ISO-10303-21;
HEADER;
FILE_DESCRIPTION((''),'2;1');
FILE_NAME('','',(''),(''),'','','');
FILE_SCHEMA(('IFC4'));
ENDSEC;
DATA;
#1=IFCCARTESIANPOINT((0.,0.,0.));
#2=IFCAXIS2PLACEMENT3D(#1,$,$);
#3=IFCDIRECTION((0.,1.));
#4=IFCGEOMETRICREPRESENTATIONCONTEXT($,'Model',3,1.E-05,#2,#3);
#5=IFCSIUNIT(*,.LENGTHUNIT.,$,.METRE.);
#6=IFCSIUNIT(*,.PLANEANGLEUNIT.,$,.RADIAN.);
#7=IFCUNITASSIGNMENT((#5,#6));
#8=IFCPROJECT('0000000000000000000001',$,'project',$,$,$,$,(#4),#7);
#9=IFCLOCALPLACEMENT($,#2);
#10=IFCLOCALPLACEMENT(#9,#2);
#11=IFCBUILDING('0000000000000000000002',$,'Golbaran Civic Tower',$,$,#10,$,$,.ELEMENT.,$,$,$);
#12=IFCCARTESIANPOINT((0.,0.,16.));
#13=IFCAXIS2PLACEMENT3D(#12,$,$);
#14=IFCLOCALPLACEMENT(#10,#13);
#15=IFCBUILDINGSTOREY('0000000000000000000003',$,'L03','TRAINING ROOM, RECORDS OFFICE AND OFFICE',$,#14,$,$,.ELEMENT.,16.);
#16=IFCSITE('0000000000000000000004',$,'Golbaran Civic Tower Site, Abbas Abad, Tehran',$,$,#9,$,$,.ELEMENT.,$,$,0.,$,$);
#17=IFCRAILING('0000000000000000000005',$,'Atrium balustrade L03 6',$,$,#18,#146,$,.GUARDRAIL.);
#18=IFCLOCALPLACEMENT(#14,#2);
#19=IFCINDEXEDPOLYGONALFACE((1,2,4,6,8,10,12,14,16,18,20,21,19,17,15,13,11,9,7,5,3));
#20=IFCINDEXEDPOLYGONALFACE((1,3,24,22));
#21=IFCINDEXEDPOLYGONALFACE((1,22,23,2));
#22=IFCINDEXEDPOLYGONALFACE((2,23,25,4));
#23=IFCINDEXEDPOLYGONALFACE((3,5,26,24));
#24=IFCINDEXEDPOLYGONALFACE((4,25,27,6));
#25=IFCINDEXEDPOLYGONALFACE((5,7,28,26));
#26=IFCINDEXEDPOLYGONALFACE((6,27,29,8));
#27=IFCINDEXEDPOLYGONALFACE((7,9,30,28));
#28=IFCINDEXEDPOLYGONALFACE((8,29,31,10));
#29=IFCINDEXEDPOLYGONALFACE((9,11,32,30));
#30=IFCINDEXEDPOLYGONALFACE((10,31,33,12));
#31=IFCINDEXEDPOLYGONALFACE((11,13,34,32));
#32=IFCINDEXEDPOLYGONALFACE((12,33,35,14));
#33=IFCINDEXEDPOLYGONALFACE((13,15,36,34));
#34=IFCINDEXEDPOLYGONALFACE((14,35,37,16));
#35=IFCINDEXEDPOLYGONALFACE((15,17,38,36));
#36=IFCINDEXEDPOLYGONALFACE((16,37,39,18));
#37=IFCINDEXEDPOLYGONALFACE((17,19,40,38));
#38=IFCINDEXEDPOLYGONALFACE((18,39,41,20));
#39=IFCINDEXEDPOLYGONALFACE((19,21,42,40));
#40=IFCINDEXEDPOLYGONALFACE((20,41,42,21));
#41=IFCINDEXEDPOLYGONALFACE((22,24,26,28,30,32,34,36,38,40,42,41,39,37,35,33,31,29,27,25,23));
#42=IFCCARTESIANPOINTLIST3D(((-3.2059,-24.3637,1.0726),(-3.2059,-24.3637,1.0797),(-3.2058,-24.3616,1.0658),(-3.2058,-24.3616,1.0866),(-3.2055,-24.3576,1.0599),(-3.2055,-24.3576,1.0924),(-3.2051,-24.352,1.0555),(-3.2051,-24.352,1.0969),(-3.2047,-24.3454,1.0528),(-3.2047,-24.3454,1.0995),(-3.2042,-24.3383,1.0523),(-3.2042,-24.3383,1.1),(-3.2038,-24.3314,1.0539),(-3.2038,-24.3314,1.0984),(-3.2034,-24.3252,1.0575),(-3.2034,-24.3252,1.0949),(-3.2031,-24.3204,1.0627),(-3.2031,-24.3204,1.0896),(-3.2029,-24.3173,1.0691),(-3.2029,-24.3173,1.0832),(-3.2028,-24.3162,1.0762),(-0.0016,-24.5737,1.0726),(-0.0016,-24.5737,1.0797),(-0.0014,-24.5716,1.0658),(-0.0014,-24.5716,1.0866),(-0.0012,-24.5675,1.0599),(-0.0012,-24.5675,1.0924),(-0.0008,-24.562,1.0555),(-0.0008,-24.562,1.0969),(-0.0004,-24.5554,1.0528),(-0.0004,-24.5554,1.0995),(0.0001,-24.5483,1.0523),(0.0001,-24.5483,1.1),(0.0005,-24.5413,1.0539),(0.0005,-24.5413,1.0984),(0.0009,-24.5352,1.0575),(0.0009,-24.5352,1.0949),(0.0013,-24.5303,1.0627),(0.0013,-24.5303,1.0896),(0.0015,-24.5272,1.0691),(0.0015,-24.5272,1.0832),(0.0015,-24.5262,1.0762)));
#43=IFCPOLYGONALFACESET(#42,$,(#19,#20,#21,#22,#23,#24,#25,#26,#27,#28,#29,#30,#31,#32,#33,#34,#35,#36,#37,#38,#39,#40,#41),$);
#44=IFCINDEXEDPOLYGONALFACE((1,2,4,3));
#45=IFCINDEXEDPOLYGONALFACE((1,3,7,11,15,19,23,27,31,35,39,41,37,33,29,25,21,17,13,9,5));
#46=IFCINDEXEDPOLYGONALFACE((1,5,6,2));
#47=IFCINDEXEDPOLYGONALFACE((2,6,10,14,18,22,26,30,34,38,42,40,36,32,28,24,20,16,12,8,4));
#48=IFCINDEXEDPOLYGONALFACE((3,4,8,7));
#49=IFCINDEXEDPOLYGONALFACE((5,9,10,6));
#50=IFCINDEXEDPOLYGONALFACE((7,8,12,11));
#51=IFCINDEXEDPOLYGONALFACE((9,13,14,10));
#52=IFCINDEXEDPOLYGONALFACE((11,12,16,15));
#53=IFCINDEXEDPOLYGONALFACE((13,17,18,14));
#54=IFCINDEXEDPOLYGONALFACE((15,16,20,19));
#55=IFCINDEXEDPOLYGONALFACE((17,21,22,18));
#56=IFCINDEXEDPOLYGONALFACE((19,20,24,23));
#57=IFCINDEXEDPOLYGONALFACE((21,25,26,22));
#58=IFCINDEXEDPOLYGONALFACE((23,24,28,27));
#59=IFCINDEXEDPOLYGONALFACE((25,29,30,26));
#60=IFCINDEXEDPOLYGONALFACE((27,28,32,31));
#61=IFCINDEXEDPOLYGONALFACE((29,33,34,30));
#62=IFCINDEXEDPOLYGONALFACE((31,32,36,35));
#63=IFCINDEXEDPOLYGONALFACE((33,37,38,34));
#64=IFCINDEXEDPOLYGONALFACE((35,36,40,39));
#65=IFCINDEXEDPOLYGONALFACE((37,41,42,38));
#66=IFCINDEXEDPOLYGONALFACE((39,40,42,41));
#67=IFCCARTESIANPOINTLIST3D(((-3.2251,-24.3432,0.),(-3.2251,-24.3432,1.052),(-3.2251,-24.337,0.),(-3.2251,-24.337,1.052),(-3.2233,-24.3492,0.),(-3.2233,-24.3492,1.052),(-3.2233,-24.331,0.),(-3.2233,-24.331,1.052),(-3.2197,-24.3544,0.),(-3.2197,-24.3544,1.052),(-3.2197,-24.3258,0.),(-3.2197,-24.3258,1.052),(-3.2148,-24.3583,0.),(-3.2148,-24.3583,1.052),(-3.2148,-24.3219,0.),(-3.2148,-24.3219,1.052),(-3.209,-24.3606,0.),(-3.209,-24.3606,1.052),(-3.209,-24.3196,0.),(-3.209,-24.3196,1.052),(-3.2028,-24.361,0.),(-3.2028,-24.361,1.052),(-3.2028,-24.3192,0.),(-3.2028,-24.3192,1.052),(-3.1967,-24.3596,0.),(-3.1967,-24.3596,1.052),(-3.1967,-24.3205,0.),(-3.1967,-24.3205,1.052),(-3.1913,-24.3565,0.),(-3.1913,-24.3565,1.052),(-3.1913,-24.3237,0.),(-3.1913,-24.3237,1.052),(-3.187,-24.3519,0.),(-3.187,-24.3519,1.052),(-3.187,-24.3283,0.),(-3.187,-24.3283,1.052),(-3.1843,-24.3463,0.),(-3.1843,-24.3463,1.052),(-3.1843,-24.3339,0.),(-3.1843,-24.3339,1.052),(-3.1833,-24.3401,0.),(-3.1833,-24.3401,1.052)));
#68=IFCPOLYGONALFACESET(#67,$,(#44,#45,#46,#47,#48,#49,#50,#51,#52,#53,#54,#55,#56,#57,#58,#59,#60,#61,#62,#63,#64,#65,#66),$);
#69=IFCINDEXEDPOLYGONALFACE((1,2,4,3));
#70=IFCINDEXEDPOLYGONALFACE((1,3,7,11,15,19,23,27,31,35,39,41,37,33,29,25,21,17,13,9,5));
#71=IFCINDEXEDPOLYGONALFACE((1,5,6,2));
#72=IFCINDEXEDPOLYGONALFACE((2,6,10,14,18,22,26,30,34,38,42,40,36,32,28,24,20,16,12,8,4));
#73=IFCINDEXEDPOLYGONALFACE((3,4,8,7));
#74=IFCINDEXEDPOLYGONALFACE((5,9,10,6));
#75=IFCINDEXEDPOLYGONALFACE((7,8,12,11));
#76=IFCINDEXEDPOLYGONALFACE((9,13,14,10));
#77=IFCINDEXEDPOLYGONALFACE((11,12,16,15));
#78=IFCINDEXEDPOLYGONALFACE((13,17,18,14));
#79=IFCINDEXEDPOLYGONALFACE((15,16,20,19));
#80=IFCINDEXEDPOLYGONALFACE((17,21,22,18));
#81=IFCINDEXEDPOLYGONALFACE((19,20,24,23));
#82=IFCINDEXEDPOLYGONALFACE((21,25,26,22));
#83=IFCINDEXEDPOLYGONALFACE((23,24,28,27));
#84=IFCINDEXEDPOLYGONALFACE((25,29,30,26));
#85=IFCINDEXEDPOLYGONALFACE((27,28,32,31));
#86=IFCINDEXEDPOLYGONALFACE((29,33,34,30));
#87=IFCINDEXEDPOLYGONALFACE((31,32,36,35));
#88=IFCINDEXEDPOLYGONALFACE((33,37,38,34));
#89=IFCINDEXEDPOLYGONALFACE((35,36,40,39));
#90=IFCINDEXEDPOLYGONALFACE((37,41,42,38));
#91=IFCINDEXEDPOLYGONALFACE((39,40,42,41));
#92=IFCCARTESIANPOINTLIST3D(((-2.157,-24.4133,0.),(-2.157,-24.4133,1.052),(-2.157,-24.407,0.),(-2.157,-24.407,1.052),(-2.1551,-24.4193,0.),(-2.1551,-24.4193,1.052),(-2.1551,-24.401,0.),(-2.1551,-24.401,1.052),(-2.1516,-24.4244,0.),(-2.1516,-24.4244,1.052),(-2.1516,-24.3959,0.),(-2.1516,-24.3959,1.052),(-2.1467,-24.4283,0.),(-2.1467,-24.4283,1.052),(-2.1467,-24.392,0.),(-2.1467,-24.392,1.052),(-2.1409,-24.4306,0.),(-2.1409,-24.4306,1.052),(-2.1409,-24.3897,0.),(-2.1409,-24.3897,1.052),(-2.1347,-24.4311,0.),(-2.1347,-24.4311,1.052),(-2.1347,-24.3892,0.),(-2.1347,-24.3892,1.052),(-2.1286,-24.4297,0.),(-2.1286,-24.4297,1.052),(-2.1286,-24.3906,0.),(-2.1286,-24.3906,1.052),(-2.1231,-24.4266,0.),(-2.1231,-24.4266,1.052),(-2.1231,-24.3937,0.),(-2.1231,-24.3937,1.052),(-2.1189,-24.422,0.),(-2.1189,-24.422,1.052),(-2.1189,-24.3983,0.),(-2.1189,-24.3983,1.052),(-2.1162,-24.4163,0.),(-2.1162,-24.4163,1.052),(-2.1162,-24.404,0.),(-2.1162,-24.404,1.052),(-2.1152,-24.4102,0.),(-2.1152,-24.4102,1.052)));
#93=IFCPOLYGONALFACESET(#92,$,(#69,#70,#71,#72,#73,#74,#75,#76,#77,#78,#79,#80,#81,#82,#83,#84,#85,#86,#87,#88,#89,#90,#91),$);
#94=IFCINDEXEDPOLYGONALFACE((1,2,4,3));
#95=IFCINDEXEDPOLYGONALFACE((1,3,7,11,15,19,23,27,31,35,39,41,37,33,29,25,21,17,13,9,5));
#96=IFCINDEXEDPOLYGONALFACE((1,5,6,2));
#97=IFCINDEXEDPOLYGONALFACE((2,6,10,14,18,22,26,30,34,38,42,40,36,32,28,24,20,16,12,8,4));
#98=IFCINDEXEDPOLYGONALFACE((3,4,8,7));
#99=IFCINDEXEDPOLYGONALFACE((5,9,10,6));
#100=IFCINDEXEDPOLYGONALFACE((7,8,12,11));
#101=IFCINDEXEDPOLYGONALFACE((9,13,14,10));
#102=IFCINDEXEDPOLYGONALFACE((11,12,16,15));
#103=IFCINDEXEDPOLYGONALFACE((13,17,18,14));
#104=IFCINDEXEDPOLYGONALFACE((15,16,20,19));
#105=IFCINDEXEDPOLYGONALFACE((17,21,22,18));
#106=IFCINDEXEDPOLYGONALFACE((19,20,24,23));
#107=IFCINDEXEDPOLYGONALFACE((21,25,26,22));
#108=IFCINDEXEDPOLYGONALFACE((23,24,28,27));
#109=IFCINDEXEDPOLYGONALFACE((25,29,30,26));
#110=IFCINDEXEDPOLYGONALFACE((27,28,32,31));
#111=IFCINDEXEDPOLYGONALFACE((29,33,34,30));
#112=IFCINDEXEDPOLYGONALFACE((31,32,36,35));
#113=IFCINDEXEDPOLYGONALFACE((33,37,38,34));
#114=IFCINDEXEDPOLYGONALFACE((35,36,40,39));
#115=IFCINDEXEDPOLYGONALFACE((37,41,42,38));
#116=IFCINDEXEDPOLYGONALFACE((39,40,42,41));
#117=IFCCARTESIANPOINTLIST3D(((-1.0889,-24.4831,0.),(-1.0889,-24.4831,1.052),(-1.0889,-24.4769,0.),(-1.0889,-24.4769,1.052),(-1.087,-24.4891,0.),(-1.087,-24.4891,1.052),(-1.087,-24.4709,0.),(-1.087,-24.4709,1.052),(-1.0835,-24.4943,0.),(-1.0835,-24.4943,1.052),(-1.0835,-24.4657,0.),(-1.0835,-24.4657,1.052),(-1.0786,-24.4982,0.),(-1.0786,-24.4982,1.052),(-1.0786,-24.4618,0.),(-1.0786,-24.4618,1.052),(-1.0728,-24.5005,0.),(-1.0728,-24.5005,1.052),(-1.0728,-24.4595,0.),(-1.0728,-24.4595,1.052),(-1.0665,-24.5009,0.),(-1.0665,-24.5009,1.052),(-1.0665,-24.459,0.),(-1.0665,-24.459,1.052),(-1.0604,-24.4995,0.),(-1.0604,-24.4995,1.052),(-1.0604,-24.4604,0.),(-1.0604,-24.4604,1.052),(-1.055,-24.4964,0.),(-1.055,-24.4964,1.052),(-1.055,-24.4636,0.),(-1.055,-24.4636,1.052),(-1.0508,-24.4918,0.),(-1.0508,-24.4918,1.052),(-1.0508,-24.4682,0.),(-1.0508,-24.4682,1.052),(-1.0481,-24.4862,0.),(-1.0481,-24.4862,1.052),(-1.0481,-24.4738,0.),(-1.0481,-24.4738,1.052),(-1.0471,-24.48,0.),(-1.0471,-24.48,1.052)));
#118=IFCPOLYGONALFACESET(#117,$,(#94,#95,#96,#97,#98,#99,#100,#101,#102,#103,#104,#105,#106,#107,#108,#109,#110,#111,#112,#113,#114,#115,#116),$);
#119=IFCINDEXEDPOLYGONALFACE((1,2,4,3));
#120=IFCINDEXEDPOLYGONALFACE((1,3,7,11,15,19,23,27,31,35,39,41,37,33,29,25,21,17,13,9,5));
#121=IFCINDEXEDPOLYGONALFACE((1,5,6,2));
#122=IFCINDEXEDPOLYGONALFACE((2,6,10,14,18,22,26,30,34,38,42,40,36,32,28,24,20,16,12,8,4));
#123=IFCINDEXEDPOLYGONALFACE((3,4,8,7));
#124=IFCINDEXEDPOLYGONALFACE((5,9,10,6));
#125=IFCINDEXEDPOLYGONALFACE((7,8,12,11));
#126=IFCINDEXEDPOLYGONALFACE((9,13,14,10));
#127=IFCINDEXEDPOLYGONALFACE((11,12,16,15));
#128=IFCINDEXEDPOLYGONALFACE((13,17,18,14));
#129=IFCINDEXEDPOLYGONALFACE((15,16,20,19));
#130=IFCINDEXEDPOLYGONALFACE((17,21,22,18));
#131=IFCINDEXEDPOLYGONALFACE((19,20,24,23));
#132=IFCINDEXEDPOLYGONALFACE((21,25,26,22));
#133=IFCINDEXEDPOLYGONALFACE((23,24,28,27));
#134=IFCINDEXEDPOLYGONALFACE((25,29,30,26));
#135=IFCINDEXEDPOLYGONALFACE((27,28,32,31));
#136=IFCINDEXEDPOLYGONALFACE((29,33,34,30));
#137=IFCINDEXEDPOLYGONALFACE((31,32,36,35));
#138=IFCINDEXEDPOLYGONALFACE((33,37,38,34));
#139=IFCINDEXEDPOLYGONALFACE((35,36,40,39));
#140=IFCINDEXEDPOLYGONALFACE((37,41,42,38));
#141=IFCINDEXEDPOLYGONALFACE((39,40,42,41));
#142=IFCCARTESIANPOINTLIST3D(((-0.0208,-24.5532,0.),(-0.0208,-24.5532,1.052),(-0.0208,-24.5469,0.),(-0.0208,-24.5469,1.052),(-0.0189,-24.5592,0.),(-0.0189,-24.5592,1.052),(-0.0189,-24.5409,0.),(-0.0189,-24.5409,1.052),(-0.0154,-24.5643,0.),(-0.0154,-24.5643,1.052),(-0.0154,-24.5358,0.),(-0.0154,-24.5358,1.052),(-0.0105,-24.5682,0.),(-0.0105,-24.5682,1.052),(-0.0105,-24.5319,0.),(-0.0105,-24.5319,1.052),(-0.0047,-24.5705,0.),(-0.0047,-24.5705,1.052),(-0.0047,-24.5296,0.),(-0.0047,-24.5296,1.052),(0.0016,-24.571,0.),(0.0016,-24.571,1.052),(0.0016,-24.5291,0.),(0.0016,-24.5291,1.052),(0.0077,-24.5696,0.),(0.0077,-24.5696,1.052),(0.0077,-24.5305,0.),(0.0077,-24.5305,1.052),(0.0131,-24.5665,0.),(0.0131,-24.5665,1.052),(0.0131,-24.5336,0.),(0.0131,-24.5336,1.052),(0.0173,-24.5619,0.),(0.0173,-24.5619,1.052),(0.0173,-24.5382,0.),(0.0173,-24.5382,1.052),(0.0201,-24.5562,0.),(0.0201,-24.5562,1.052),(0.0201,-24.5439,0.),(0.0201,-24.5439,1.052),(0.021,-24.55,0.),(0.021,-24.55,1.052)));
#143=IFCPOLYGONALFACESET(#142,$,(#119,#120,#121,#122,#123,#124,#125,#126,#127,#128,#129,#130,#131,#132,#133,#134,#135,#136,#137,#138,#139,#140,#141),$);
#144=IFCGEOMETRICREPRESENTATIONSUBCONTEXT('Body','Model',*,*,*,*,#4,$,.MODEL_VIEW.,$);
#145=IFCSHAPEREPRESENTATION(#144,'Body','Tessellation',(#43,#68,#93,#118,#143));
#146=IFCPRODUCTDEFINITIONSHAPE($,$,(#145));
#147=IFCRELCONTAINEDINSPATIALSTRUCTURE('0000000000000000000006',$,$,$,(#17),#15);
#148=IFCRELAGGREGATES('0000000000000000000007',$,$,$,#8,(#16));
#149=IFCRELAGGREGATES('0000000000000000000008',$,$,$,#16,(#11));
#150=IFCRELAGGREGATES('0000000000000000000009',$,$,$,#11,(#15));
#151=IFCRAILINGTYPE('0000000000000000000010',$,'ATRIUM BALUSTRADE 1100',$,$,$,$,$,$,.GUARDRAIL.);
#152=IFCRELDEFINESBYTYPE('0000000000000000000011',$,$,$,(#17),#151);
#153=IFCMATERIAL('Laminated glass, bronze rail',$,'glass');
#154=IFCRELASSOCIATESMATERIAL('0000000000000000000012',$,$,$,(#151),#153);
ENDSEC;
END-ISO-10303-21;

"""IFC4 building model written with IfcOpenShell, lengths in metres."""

from ifc_helpers import new_model, si_unit, direction, frame, origin, origin_2d, place, context, subcontext, project, spatial, circle, extrude, material, type_object, element, save


model = new_model("IFC4")

# Units and contexts
model_context = context("Model", 3, precision=1e-05, world=origin(), true_north=direction((0.0, 1.0)))
body_context = subcontext(model_context, "Body", "Model", "MODEL_VIEW")
ifc_project = project(units=[si_unit("LENGTHUNIT", "METRE"), si_unit("PLANEANGLEUNIT", "RADIAN")], contexts=[model_context])

# Site, building, storey
site_placement = place(None, origin())
site = spatial("IfcSite", under=ifc_project, at=site_placement, Name="Golbaran Civic Tower Site, Abbas Abad, Tehran", CompositionType="ELEMENT", RefElevation=0.0)
building_placement = place(site_placement, origin())
building = spatial("IfcBuilding", under=site, at=building_placement, Name="Golbaran Civic Tower", CompositionType="ELEMENT")
storey_placement = place(building_placement, frame((0.0, 0.0, 16.0)))
storey = spatial("IfcBuildingStorey", under=building, at=storey_placement, Name="L03", Description="TRAINING ROOM, RECORDS OFFICE AND OFFICE", CompositionType="ELEMENT", Elevation=16.0)

# Railing
ifc_material_1 = material(Name="Laminated glass, bronze rail", Category="glass")
railing_type_1 = type_object("IfcRailingType", Name="ATRIUM BALUSTRADE 1100", PredefinedType="GUARDRAIL", material=ifc_material_1)
railing_1_placement = place(storey_placement, frame((-3.2043, -24.3401, 0.0)))
element("IfcRailing", 1, at=railing_1_placement, inside=storey, type_object=railing_type_1, Name="Atrium balustrade L03 6", PredefinedType="GUARDRAIL", context=body_context, shape_type="SweptSolid", body=[
    extrude(circle(Radius=0.0239, at=origin_2d()), frame((0.0, 0.0, 1.0762), z_axis=(0.99786, -0.065384, 0.0), x_axis=(0.065384, 0.99786, 0.0)), (0.0, 0.0, 1.0), 3.2112),
    extrude(circle(Radius=0.021, at=origin_2d()), origin(), (0.0, 0.0, 1.0), 1.052),
    extrude(circle(Radius=0.021, at=origin_2d()), frame((1.0681, -0.0701, 0.0)), (0.0, 0.0, 1.0), 1.052),
    extrude(circle(Radius=0.021, at=origin_2d()), frame((2.1362, -0.1399, 0.0)), (0.0, 0.0, 1.0), 1.052),
    extrude(circle(Radius=0.021, at=origin_2d()), frame((3.2043, -0.21, 0.0)), (0.0, 0.0, 1.0), 1.052),
])

save(model, "model.ifc")
